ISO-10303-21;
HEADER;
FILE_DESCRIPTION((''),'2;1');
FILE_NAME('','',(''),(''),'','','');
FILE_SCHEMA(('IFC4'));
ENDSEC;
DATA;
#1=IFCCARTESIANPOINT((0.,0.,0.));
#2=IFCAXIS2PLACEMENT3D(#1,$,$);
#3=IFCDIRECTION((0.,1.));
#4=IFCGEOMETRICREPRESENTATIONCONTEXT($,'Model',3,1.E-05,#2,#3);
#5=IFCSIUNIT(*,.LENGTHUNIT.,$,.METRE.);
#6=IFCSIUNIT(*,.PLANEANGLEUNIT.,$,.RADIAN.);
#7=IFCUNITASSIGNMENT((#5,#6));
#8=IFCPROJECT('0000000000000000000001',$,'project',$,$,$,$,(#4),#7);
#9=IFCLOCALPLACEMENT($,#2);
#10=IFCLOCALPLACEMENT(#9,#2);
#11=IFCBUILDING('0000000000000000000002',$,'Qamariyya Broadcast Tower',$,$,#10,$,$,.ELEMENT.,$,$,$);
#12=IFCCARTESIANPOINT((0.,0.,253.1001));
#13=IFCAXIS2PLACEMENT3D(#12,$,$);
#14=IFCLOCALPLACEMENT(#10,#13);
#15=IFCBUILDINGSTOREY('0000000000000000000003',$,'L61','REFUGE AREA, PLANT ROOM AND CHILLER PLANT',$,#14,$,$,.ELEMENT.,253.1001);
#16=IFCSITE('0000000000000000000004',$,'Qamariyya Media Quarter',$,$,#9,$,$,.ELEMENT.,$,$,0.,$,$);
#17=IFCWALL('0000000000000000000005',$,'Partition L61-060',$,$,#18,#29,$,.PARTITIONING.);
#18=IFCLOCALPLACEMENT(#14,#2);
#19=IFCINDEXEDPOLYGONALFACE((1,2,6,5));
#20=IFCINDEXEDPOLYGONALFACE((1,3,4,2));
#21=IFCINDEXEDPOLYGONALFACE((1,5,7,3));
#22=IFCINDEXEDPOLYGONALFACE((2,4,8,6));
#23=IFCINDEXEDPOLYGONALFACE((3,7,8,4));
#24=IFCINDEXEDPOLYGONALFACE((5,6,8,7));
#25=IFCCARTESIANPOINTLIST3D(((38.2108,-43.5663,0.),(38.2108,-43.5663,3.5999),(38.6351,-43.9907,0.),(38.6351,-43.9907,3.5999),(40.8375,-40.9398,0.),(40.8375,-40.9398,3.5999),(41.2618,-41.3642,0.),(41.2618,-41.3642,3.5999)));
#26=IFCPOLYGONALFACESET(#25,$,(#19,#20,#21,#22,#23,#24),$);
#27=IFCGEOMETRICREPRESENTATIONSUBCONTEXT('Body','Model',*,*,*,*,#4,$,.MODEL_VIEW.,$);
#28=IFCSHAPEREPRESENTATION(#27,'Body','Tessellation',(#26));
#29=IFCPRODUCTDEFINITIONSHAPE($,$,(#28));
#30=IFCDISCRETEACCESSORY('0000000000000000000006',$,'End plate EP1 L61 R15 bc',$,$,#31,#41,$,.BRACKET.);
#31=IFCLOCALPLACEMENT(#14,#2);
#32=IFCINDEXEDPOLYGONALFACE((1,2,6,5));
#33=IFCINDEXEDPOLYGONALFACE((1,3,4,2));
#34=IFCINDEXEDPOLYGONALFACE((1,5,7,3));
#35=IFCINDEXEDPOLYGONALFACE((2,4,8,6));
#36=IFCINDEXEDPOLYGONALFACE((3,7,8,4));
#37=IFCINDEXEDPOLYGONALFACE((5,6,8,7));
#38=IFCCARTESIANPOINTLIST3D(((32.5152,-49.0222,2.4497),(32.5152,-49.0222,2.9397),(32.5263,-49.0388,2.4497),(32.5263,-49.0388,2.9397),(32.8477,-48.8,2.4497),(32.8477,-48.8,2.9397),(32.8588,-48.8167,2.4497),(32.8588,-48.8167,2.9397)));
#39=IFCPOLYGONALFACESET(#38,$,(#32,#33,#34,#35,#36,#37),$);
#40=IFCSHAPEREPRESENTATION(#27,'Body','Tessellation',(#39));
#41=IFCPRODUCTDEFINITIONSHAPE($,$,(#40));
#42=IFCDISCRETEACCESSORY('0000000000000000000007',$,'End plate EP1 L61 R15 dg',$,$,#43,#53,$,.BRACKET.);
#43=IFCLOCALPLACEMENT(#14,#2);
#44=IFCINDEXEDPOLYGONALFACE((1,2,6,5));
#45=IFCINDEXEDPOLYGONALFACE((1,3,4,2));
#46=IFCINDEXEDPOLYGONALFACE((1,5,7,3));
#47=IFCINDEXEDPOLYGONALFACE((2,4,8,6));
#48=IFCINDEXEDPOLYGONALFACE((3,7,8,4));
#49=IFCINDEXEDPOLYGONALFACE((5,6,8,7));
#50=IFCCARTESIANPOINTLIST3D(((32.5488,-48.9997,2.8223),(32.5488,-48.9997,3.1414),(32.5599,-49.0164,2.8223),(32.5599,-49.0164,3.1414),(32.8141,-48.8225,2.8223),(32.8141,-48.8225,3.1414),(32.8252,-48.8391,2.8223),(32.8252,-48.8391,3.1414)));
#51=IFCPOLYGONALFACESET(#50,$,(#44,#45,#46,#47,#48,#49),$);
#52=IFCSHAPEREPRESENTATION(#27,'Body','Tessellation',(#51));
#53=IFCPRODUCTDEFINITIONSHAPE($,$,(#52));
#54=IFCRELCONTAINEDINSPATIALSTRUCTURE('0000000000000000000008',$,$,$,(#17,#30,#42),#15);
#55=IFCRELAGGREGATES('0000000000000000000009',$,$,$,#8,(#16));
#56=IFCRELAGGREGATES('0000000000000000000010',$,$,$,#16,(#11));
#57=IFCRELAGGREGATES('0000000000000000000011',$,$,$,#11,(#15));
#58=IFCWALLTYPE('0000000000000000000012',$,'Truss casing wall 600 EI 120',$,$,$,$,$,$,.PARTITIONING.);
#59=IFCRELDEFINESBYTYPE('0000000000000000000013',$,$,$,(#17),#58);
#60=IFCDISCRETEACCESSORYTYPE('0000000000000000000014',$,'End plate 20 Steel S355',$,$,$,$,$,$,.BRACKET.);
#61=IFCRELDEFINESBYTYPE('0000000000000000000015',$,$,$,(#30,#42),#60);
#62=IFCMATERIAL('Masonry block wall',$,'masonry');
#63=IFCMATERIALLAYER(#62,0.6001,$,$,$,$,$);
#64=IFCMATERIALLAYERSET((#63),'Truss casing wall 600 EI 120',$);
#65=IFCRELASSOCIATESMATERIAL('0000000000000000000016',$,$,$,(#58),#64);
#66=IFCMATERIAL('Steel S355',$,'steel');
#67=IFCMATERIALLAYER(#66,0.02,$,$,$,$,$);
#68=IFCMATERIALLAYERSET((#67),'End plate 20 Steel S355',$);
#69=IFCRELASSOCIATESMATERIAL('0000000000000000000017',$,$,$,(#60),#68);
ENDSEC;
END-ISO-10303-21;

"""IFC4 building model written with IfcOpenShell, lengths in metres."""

from ifc_helpers import new_model, si_unit, direction, frame, frame_2d, origin, origin_2d, place, context, subcontext, project, spatial, rectangle, extrude, material, layer, layer_set, type_object, element, save


model = new_model("IFC4")

# Units and contexts
model_context = context("Model", 3, precision=1e-05, world=origin(), true_north=direction((0.0, 1.0)))
body_context = subcontext(model_context, "Body", "Model", "MODEL_VIEW")
ifc_project = project(units=[si_unit("LENGTHUNIT", "METRE"), si_unit("PLANEANGLEUNIT", "RADIAN")], contexts=[model_context])

# Site, building, storey
site_placement = place(None, origin())
site = spatial("IfcSite", under=ifc_project, at=site_placement, Name="Qamariyya Media Quarter", CompositionType="ELEMENT", RefElevation=0.0)
building_placement = place(site_placement, origin())
building = spatial("IfcBuilding", under=site, at=building_placement, Name="Qamariyya Broadcast Tower", CompositionType="ELEMENT")
storey_placement = place(building_placement, frame((0.0, 0.0, 253.1001)))
storey = spatial("IfcBuildingStorey", under=building, at=storey_placement, Name="L61", Description="REFUGE AREA, PLANT ROOM AND CHILLER PLANT", CompositionType="ELEMENT", Elevation=253.1001)

# Shared definitions
ifc_material_1 = material(Name="Steel S355", Category="steel")

# Wall
ifc_material_2 = material(Name="Masonry block wall", Category="masonry")
ifc_layer_1 = layer(ifc_material_2, 0.6001)
ifc_layer_set_1 = layer_set([ifc_layer_1], Name="Truss casing wall 600 EI 120")
wall_type_1 = type_object("IfcWallType", Name="Truss casing wall 600 EI 120", PredefinedType="PARTITIONING", material=ifc_layer_set_1)
wall_1_placement = place(storey_placement, frame((38.4229, -43.7786, 0.0), z_axis=(0.0, 0.0, 1.0), x_axis=(0.70714, 0.707074, 0.0)))
element("IfcWall", 1, at=wall_1_placement, inside=storey, type_object=wall_type_1, Name="Partition L61-060", PredefinedType="PARTITIONING", context=body_context, shape_type="SweptSolid", body=[
    extrude(rectangle(XDim=3.7146, YDim=0.6001, at=frame_2d((1.8574, 0.0))), origin(), (0.0, 0.0, 1.0), 3.5999),
])

# Discrete accessories
ifc_layer_2 = layer(ifc_material_1, 0.02)
ifc_layer_set_2 = layer_set([ifc_layer_2], Name="End plate 20 Steel S355")
discrete_accessory_type = type_object("IfcDiscreteAccessoryType", Name="End plate 20 Steel S355", PredefinedType="BRACKET", material=ifc_layer_set_2)
discrete_accessory_1_placement = place(storey_placement, frame((32.687, -48.9194, 2.4497), z_axis=(0.0, 0.0, 1.0), x_axis=(-0.83147, -0.55557, 0.0)))
element("IfcDiscreteAccessory", 2, at=discrete_accessory_1_placement, inside=storey, type_object=discrete_accessory_type, Name="End plate EP1 L61 R15 bc", PredefinedType="BRACKET", context=body_context, shape_type="SweptSolid", body=[
    extrude(rectangle(XDim=0.3999, YDim=0.02, at=origin_2d()), origin(), (0.0, 0.0, 1.0), 0.49),
])
discrete_accessory_2_placement = place(storey_placement, frame((32.687, -48.9194, 2.8223), z_axis=(0.0, 0.0, 1.0), x_axis=(-0.83147, -0.55557, 0.0)))
element("IfcDiscreteAccessory", 3, at=discrete_accessory_2_placement, inside=storey, type_object=discrete_accessory_type, Name="End plate EP1 L61 R15 dg", PredefinedType="BRACKET", context=body_context, shape_type="SweptSolid", body=[
    extrude(rectangle(XDim=0.3191, YDim=0.02, at=origin_2d()), origin(), (0.0, 0.0, 1.0), 0.3191),
])

save(model, "model.ifc")
